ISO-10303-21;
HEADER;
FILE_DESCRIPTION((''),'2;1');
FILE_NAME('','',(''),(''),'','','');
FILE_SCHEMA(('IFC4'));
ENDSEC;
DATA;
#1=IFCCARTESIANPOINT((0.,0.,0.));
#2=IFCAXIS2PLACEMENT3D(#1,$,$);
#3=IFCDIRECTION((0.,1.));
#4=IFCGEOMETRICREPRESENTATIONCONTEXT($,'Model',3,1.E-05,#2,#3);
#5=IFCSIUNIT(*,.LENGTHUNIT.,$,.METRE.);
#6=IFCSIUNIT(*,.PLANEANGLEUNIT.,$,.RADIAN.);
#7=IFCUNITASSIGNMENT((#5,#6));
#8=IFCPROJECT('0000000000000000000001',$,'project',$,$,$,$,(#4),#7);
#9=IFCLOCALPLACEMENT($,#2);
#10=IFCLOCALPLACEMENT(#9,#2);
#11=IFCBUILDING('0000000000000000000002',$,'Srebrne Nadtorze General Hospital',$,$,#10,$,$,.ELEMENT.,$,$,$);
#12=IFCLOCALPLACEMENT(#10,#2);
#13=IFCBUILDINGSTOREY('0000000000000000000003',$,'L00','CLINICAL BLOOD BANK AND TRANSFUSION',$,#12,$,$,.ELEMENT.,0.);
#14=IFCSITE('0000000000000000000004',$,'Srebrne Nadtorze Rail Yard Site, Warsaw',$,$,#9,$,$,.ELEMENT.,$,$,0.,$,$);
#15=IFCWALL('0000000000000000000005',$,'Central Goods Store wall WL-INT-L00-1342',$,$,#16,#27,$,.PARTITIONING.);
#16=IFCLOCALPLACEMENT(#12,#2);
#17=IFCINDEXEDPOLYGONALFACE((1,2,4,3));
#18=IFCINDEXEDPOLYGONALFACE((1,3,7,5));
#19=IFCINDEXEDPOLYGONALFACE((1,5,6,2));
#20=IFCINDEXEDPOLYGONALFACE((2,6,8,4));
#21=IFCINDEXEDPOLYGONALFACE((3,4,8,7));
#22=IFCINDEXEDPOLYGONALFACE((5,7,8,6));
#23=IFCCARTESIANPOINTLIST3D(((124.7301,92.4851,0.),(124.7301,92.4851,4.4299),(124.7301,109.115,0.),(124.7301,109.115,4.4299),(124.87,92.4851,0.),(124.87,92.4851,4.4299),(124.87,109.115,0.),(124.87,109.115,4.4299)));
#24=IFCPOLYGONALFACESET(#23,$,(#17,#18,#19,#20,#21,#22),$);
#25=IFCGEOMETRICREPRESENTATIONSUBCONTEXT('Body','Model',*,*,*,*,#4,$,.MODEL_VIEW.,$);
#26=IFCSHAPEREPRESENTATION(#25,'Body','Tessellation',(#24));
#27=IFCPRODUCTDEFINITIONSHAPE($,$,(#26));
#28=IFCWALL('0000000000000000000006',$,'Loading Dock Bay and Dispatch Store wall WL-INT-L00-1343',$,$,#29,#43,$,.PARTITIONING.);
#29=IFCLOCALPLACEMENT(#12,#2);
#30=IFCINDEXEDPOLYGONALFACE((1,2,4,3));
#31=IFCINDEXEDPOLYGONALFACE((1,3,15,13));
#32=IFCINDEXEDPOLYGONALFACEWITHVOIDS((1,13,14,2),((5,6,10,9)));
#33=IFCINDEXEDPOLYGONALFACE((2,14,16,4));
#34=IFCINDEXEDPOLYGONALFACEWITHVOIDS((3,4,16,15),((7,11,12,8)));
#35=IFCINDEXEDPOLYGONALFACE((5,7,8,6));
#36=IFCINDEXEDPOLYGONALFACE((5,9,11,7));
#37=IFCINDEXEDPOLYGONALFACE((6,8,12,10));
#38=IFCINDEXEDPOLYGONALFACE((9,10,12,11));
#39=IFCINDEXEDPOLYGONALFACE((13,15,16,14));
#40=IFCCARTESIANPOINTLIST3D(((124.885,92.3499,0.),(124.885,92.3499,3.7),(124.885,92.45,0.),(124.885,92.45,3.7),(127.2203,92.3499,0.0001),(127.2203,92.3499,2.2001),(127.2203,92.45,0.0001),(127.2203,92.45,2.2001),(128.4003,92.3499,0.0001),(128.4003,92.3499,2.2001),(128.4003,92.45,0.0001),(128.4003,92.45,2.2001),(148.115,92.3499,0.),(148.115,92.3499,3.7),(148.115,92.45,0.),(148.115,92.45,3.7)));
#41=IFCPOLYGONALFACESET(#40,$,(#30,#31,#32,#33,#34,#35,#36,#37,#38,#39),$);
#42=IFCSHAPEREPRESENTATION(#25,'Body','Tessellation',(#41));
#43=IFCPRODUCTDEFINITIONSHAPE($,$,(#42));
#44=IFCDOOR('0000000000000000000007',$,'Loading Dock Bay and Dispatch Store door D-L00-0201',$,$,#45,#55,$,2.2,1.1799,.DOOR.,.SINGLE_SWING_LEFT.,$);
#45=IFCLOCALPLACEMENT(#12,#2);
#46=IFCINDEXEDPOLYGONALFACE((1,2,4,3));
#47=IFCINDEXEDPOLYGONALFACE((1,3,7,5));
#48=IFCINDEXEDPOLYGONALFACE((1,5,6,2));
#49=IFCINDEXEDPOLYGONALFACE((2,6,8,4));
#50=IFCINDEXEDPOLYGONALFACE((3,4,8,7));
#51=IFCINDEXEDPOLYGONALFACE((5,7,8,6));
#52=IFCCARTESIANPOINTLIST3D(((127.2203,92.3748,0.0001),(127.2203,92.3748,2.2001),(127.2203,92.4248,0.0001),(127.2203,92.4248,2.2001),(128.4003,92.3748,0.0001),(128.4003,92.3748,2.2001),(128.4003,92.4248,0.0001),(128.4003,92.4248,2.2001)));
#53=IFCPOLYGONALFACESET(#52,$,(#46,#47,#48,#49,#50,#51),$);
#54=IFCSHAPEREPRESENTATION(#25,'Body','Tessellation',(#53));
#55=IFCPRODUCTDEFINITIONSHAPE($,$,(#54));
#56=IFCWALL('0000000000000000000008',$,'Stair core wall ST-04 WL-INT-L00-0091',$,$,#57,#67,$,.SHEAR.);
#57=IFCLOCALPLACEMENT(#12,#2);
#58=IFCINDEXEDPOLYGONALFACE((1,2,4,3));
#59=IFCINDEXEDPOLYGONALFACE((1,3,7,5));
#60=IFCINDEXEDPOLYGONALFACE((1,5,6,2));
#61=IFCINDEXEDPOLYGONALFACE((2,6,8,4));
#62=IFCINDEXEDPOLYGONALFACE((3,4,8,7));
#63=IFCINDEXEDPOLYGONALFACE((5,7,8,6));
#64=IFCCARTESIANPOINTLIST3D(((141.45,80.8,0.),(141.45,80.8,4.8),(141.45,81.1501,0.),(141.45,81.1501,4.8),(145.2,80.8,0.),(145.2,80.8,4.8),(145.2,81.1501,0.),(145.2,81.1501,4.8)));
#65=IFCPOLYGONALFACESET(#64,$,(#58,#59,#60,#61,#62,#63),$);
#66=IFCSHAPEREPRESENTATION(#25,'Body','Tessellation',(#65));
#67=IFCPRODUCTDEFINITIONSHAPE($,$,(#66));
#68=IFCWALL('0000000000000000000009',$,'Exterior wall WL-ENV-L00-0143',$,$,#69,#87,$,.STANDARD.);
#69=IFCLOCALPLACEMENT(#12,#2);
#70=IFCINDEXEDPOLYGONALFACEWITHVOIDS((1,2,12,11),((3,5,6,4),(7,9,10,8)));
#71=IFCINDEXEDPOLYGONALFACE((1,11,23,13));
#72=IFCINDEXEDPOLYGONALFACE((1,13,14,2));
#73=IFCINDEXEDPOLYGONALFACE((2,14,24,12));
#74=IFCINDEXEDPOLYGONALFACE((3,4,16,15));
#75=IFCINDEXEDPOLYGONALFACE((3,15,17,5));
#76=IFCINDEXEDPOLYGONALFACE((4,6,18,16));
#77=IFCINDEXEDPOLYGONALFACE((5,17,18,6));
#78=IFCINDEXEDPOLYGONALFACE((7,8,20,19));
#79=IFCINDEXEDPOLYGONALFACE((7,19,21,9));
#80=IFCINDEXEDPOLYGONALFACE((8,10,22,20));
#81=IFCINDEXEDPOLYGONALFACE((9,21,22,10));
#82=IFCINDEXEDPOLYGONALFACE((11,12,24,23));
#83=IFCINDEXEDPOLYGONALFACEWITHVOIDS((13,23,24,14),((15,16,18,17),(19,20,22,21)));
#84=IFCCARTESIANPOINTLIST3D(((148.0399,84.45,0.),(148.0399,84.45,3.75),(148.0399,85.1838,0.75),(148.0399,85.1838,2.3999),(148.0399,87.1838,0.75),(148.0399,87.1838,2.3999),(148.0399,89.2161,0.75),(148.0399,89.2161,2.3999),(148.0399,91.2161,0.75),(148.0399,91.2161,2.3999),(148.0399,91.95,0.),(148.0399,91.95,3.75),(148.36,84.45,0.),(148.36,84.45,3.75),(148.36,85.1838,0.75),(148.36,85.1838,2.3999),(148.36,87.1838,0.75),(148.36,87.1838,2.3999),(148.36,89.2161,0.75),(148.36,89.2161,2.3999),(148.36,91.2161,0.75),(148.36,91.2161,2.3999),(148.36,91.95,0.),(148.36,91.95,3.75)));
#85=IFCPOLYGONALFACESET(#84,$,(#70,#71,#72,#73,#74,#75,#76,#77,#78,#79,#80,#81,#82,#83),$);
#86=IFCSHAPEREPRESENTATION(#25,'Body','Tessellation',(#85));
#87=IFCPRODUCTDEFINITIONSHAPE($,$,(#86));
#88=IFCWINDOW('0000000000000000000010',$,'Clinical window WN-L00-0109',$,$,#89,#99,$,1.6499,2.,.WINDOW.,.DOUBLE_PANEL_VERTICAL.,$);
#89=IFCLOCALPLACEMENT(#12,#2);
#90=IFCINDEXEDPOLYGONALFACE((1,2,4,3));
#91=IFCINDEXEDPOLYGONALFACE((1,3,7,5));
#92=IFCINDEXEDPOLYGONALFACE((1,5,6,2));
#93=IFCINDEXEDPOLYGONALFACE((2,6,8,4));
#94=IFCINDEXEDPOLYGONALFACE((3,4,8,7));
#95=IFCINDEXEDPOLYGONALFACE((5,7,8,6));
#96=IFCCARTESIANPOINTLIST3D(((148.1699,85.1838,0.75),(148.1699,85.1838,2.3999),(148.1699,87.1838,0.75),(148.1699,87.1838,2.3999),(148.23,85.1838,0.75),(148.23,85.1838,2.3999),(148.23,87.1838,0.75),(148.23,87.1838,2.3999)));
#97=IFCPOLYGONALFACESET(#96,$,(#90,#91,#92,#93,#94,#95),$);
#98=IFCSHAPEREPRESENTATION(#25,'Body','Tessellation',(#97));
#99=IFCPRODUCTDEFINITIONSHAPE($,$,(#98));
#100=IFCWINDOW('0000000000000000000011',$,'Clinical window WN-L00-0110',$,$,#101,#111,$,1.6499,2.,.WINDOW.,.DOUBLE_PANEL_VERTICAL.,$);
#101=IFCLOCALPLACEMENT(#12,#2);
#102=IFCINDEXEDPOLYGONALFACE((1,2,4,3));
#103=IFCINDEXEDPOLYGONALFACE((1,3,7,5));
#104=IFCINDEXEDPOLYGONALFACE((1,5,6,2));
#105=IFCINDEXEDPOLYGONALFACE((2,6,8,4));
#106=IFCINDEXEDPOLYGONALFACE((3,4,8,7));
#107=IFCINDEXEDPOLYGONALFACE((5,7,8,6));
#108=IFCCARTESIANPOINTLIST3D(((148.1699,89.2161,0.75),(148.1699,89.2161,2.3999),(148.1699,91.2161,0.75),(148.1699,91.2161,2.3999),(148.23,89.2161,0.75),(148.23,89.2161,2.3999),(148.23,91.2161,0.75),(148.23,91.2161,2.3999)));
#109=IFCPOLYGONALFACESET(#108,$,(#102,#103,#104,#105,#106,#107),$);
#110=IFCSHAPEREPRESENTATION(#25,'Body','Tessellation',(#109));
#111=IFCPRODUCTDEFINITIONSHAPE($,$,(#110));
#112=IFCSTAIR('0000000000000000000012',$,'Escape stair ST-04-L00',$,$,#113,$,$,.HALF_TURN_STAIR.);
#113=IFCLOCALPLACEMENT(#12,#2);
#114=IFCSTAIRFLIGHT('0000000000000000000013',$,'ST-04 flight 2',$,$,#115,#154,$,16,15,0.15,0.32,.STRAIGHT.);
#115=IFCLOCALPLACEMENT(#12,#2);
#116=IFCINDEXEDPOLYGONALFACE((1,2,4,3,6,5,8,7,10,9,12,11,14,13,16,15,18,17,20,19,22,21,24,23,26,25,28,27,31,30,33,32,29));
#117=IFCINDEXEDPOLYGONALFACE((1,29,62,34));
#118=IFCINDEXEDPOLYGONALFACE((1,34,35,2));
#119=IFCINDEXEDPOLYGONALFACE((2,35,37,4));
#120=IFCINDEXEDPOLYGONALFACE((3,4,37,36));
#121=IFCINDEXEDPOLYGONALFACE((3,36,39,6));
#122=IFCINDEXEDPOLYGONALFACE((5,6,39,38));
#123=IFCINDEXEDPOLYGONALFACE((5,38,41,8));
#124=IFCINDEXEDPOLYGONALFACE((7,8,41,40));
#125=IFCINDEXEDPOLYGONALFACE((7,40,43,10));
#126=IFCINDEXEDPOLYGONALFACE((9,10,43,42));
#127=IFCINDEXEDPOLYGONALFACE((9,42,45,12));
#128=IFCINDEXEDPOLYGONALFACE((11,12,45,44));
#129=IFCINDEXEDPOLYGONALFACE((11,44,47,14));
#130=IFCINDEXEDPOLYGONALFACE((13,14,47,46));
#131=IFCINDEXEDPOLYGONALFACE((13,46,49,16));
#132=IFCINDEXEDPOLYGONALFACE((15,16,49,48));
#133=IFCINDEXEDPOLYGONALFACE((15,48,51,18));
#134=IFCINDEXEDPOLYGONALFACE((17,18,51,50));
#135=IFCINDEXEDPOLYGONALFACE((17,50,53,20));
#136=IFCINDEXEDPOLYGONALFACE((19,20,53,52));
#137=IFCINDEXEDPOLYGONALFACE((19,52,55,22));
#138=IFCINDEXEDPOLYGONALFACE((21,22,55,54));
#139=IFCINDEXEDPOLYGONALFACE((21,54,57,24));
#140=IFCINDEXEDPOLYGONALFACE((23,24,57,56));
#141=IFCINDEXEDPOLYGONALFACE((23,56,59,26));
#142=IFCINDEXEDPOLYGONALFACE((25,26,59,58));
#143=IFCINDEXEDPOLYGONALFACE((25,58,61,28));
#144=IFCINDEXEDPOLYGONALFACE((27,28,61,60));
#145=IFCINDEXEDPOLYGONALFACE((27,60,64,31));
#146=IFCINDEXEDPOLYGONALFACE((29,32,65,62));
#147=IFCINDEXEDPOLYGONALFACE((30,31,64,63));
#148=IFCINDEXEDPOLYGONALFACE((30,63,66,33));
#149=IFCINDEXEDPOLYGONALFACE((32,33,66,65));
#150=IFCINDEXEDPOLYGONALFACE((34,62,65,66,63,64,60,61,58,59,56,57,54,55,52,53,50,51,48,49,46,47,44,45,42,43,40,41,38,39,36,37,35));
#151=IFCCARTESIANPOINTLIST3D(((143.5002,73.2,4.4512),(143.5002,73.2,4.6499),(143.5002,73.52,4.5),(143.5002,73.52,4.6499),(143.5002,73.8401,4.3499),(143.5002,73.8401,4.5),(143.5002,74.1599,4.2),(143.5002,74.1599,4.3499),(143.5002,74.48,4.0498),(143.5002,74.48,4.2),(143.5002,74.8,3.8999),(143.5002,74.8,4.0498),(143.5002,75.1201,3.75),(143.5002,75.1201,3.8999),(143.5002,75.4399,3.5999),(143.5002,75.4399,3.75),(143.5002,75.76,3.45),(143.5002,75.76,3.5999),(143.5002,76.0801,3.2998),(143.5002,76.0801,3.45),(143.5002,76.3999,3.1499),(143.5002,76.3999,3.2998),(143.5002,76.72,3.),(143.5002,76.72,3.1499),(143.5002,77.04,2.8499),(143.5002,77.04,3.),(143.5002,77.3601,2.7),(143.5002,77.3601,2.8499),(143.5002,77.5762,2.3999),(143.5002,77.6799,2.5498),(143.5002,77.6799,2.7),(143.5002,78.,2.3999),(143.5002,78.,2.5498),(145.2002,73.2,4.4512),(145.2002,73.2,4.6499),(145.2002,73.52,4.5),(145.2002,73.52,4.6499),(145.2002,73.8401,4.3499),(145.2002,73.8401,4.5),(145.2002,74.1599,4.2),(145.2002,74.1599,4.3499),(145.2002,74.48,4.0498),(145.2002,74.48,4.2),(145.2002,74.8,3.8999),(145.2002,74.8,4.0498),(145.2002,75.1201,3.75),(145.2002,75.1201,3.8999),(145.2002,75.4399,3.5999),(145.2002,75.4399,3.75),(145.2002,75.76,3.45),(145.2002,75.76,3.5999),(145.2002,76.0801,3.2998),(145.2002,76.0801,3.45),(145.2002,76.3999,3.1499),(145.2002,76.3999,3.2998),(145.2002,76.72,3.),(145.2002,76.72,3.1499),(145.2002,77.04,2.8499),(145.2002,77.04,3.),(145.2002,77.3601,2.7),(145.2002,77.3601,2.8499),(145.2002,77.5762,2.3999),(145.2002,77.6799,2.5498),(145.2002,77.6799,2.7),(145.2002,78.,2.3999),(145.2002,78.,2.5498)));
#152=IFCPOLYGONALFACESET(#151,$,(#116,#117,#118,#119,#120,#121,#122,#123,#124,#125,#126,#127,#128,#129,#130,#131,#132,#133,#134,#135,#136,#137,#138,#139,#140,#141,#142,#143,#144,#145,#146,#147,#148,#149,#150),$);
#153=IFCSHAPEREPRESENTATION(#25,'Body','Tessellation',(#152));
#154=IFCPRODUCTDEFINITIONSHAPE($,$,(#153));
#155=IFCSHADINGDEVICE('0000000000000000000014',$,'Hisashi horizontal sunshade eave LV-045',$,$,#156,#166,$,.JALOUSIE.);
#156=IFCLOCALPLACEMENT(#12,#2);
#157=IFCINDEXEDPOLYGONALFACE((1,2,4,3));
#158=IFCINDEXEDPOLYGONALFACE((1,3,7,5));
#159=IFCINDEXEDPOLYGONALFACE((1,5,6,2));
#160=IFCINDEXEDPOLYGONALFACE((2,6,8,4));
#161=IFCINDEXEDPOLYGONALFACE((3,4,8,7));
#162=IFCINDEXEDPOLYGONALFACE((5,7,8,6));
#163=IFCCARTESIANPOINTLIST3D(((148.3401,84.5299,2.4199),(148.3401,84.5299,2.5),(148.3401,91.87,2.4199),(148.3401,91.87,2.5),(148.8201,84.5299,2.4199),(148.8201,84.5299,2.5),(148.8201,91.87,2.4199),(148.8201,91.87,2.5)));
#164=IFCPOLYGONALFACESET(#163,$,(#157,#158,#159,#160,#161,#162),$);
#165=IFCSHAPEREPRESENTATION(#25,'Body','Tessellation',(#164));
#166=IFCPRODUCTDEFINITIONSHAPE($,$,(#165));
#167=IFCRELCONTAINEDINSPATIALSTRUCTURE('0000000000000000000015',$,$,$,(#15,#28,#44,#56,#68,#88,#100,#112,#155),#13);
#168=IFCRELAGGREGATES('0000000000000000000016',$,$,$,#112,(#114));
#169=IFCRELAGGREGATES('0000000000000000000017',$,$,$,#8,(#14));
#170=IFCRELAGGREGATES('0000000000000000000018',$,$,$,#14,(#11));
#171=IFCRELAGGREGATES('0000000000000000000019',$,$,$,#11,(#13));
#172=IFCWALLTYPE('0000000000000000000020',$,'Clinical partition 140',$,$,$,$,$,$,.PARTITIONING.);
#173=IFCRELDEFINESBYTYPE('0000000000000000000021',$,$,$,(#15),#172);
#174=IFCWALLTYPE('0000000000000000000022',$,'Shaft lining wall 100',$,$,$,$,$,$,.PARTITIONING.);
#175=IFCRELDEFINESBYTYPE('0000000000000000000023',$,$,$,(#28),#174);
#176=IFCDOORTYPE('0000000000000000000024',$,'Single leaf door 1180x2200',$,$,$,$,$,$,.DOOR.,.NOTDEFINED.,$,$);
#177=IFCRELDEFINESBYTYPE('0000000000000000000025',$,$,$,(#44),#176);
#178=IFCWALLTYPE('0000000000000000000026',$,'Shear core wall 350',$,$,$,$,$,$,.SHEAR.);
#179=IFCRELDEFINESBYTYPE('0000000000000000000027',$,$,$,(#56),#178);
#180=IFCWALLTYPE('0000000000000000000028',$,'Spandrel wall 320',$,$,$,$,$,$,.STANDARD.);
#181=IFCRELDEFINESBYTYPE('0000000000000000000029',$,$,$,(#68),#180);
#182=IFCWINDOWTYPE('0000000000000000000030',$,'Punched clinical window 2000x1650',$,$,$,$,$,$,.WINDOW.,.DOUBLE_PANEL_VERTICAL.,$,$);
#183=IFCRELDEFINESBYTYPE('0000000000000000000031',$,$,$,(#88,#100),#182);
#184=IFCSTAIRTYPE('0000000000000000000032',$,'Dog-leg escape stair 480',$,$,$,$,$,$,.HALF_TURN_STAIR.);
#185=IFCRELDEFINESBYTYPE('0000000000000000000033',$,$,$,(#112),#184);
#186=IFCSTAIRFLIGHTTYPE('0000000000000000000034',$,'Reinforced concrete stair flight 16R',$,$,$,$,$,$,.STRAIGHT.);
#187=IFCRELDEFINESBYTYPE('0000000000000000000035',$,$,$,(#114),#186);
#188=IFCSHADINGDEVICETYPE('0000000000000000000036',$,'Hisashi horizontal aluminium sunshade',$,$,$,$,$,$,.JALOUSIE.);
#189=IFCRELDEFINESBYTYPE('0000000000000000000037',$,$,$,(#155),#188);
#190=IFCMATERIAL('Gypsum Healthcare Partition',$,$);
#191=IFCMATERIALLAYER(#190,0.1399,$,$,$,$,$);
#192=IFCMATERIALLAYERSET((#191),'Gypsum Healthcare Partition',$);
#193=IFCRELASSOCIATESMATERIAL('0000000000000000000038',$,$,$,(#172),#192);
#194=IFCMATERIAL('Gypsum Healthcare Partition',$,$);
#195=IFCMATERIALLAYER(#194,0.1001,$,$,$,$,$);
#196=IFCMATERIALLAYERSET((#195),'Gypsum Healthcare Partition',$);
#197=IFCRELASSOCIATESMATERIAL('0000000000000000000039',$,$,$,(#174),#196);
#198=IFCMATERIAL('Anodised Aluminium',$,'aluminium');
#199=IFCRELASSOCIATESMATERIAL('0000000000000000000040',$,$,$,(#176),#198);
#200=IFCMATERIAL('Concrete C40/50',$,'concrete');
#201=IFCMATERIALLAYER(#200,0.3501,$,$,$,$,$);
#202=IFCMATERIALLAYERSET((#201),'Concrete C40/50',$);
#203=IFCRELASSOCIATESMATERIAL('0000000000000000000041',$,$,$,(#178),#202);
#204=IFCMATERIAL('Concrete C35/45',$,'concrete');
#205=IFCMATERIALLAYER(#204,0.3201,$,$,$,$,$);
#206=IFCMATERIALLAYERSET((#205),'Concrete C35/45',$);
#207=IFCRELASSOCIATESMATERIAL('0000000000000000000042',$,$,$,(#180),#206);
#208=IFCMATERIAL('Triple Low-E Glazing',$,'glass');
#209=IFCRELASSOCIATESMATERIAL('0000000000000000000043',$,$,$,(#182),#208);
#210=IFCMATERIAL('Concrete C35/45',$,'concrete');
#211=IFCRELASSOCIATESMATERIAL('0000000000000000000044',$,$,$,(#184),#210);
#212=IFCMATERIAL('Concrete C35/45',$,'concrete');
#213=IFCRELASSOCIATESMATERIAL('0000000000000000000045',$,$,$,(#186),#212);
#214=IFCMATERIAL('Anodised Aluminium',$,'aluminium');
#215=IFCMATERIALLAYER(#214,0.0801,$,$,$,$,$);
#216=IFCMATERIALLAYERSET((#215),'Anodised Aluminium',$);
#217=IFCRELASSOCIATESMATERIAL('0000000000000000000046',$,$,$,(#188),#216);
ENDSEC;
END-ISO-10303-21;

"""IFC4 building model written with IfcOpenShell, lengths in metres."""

from ifc_helpers import new_model, si_unit, direction, frame, frame_2d, origin, origin_2d, place, context, subcontext, project, spatial, polyline, rectangle, outline, extrude, material, layer, layer_set, type_object, element, fill, aggregate, save


model = new_model("IFC4")

# Units and contexts
model_context = context("Model", 3, precision=1e-05, world=origin(), true_north=direction((0.0, 1.0)))
body_context = subcontext(model_context, "Body", "Model", "MODEL_VIEW")
ifc_project = project(units=[si_unit("LENGTHUNIT", "METRE"), si_unit("PLANEANGLEUNIT", "RADIAN")], contexts=[model_context])

# Site, building, storey
site_placement = place(None, origin())
site = spatial("IfcSite", under=ifc_project, at=site_placement, Name="Srebrne Nadtorze Rail Yard Site, Warsaw", CompositionType="ELEMENT", RefElevation=0.0)
building_placement = place(site_placement, origin())
building = spatial("IfcBuilding", under=site, at=building_placement, Name="Srebrne Nadtorze General Hospital", CompositionType="ELEMENT")
storey_placement = place(building_placement, origin())
storey = spatial("IfcBuildingStorey", under=building, at=storey_placement, Name="L00", Description="CLINICAL BLOOD BANK AND TRANSFUSION", CompositionType="ELEMENT", Elevation=0.0)

# Wall
ifc_material_1 = material(Name="Gypsum Healthcare Partition")
ifc_layer_1 = layer(ifc_material_1, 0.1399)
ifc_layer_set_1 = layer_set([ifc_layer_1], Name="Gypsum Healthcare Partition")
wall_type_1 = type_object("IfcWallType", Name="Clinical partition 140", PredefinedType="PARTITIONING", material=ifc_layer_set_1)
wall_1_placement = place(storey_placement, frame((124.8, 92.4851, 0.0), z_axis=(0.0, 0.0, 1.0), x_axis=(0.0, 1.0, 0.0)))
element("IfcWall", 1, at=wall_1_placement, inside=storey, type_object=wall_type_1, Name="Central Goods Store wall WL-INT-L00-1342", PredefinedType="PARTITIONING", context=body_context, shape_type="SweptSolid", body=[
    extrude(rectangle(XDim=16.6299, YDim=0.1399, at=frame_2d((8.3149, 0.0))), origin(), (0.0, 0.0, 1.0), 4.4299),
])

# Wall, opening, door
ifc_material_2 = material(Name="Gypsum Healthcare Partition")
ifc_layer_2 = layer(ifc_material_2, 0.1001)
ifc_layer_set_2 = layer_set([ifc_layer_2], Name="Gypsum Healthcare Partition")
wall_type_2 = type_object("IfcWallType", Name="Shaft lining wall 100", PredefinedType="PARTITIONING", material=ifc_layer_set_2)
wall_2_placement = place(storey_placement, frame((124.885, 92.3999, 0.0), z_axis=(0.0, 0.0, 1.0), x_axis=(1.0, 0.0, 0.0)))
wall_2 = element("IfcWall", 2, at=wall_2_placement, inside=storey, type_object=wall_type_2, Name="Loading Dock Bay and Dispatch Store wall WL-INT-L00-1343", PredefinedType="PARTITIONING", context=body_context, shape_type="SweptSolid", body=[
    extrude(rectangle(XDim=23.23, YDim=0.1001, at=frame_2d((11.615, 0.0))), origin(), (0.0, 0.0, 1.0), 3.7),
])
opening_1_placement = place(wall_2_placement, frame((2.3354, 0.0, 0.0)))
opening_1 = element("IfcOpeningElement", 3, at=opening_1_placement, cuts=wall_2, PredefinedType="OPENING", context=body_context, shape_type="SweptSolid", body=[
    extrude(rectangle(XDim=1.1799, YDim=2.2, at=frame_2d((0.5898, 1.1001))), frame((0.0, 0.062, 0.0), z_axis=(0.0, -1.0, 0.0), x_axis=(1.0, 0.0, 0.0)), (0.0, 0.0, 1.0), 0.124),
])
ifc_material_3 = material(Name="Anodised Aluminium", Category="aluminium")
door_type = type_object("IfcDoorType", Name="Single leaf door 1180x2200", OperationType="NOTDEFINED", PredefinedType="DOOR", material=ifc_material_3)
door_placement = place(opening_1_placement, origin())
door = element("IfcDoor", 4, at=door_placement, inside=storey, type_object=door_type, Name="Loading Dock Bay and Dispatch Store door D-L00-0201", OperationType="SINGLE_SWING_LEFT", OverallHeight=2.2, OverallWidth=1.1799, PredefinedType="DOOR", context=body_context, shape_type="SweptSolid", body=[
    extrude(rectangle(XDim=1.1799, YDim=2.2, at=frame_2d((0.5898, 1.1001))), frame((0.0, 0.0249, 0.0), z_axis=(0.0, -1.0, 0.0), x_axis=(1.0, 0.0, 0.0)), (0.0, 0.0, 1.0), 0.05),
])
fill(opening_1, door)

# Wall
ifc_material_4 = material(Name="Concrete C40/50", Category="concrete")
ifc_layer_3 = layer(ifc_material_4, 0.3501)
ifc_layer_set_3 = layer_set([ifc_layer_3], Name="Concrete C40/50")
wall_type_3 = type_object("IfcWallType", Name="Shear core wall 350", PredefinedType="SHEAR", material=ifc_layer_set_3)
wall_3_placement = place(storey_placement, frame((141.45, 80.9751, 0.0), z_axis=(0.0, 0.0, 1.0), x_axis=(1.0, 0.0, 0.0)))
element("IfcWall", 5, at=wall_3_placement, inside=storey, type_object=wall_type_3, Name="Stair core wall ST-04 WL-INT-L00-0091", PredefinedType="SHEAR", context=body_context, shape_type="SweptSolid", body=[
    extrude(rectangle(XDim=3.75, YDim=0.3501, at=frame_2d((1.875, 0.0))), origin(), (0.0, 0.0, 1.0), 4.8),
])

# Wall, openings, windows
ifc_material_5 = material(Name="Concrete C35/45", Category="concrete")
ifc_layer_4 = layer(ifc_material_5, 0.3201)
ifc_layer_set_4 = layer_set([ifc_layer_4], Name="Concrete C35/45")
wall_type_4 = type_object("IfcWallType", Name="Spandrel wall 320", PredefinedType="STANDARD", material=ifc_layer_set_4)
wall_4_placement = place(storey_placement, frame((148.2, 84.45, 0.0), z_axis=(0.0, 0.0, 1.0), x_axis=(0.0, 1.0, 0.0)))
wall_4 = element("IfcWall", 6, at=wall_4_placement, inside=storey, type_object=wall_type_4, Name="Exterior wall WL-ENV-L00-0143", PredefinedType="STANDARD", context=body_context, shape_type="SweptSolid", body=[
    extrude(rectangle(XDim=7.5, YDim=0.3201, at=frame_2d((3.75, 0.0))), origin(), (0.0, 0.0, 1.0), 3.75),
])
opening_2_placement = place(wall_4_placement, frame((0.7339, 0.0, 0.75)))
opening_2 = element("IfcOpeningElement", 7, at=opening_2_placement, cuts=wall_4, PredefinedType="OPENING", context=body_context, shape_type="SweptSolid", body=[
    extrude(rectangle(XDim=2.0, YDim=1.6499, at=frame_2d((1.0, 0.825))), frame((0.0, 0.1719, 0.0), z_axis=(0.0, -1.0, 0.0), x_axis=(1.0, 0.0, 0.0)), (0.0, 0.0, 1.0), 0.344),
])
opening_3_placement = place(wall_4_placement, frame((4.7661, 0.0, 0.75)))
opening_3 = element("IfcOpeningElement", 8, at=opening_3_placement, cuts=wall_4, PredefinedType="OPENING", context=body_context, shape_type="SweptSolid", body=[
    extrude(rectangle(XDim=2.0, YDim=1.6499, at=frame_2d((1.0, 0.825))), frame((0.0, 0.1719, 0.0), z_axis=(0.0, -1.0, 0.0), x_axis=(1.0, 0.0, 0.0)), (0.0, 0.0, 1.0), 0.344),
])
ifc_material_6 = material(Name="Triple Low-E Glazing", Category="glass")
window_type_1 = type_object("IfcWindowType", Name="Punched clinical window 2000x1650", PartitioningType="DOUBLE_PANEL_VERTICAL", PredefinedType="WINDOW", material=ifc_material_6)
window_1_placement = place(opening_2_placement, origin())
window_1 = element("IfcWindow", 9, at=window_1_placement, inside=storey, type_object=window_type_1, Name="Clinical window WN-L00-0109", OverallHeight=1.6499, OverallWidth=2.0, PartitioningType="DOUBLE_PANEL_VERTICAL", PredefinedType="WINDOW", context=body_context, shape_type="SweptSolid", body=[
    extrude(rectangle(XDim=2.0, YDim=1.6499, at=frame_2d((1.0, 0.825))), frame((0.0, 0.03, 0.0), z_axis=(0.0, -1.0, 0.0), x_axis=(1.0, 0.0, 0.0)), (0.0, 0.0, 1.0), 0.0601),
])
fill(opening_2, window_1)
window_2_placement = place(opening_3_placement, origin())
window_2 = element("IfcWindow", 10, at=window_2_placement, inside=storey, type_object=window_type_1, Name="Clinical window WN-L00-0110", OverallHeight=1.6499, OverallWidth=2.0, PartitioningType="DOUBLE_PANEL_VERTICAL", PredefinedType="WINDOW", context=body_context, shape_type="SweptSolid", body=[
    extrude(rectangle(XDim=2.0, YDim=1.6499, at=frame_2d((1.0, 0.825))), frame((0.0, 0.03, 0.0), z_axis=(0.0, -1.0, 0.0), x_axis=(1.0, 0.0, 0.0)), (0.0, 0.0, 1.0), 0.0601),
])
fill(opening_3, window_2)

# Stair, stair flight
ifc_material_7 = material(Name="Concrete C35/45", Category="concrete")
stair_type = type_object("IfcStairType", Name="Dog-leg escape stair 480", PredefinedType="HALF_TURN_STAIR", material=ifc_material_7)
stair_placement = place(storey_placement, origin())
stair = element("IfcStair", 11, at=stair_placement, inside=storey, type_object=stair_type, Name="Escape stair ST-04-L00", PredefinedType="HALF_TURN_STAIR")
ifc_material_8 = material(Name="Concrete C35/45", Category="concrete")
stair_flight_type = type_object("IfcStairFlightType", Name="Reinforced concrete stair flight 16R", PredefinedType="STRAIGHT", material=ifc_material_8)
stair_flight_placement = place(storey_placement, frame((144.3501, 78.0, 2.3999), z_axis=(0.0, 0.0, 1.0), x_axis=(0.0, -1.0, 0.0)))
stair_flight = element("IfcStairFlight", 12, at=stair_flight_placement, type_object=stair_flight_type, Name="ST-04 flight 2", NumberOfRisers=16, NumberOfTreads=15, PredefinedType="STRAIGHT", RiserHeight=0.15, TreadLength=0.32, context=body_context, shape_type="SweptSolid", body=[
    extrude(outline(polyline([(0.0, 0.0), (0.0, 0.1499), (0.3201, 0.1499), (0.3201, 0.3), (0.6399, 0.3), (0.6399, 0.45), (0.96, 0.45), (0.96, 0.6001), (1.28, 0.6001), (1.28, 0.75), (1.6001, 0.75), (1.6001, 0.8999), (1.9199, 0.8999), (1.9199, 1.05), (2.24, 1.05), (2.24, 1.2), (2.5601, 1.2), (2.5601, 1.3501), (2.8799, 1.3501), (2.8799, 1.5), (3.2, 1.5), (3.2, 1.6499), (3.52, 1.6499), (3.52, 1.8), (3.8401, 1.8), (3.8401, 1.95), (4.1599, 1.95), (4.1599, 2.1001), (4.48, 2.1001), (4.48, 2.25), (4.8, 2.25), (4.8, 2.3999), (4.8, 2.0513), (0.4238, 0.0), (0.0, 0.0)])), frame((0.0, 0.8501, 0.0), z_axis=(0.0, -1.0, 0.0), x_axis=(1.0, 0.0, 0.0)), (0.0, 0.0, 1.0), 1.7),
])
aggregate(stair, [stair_flight])

# Shading device
ifc_material_9 = material(Name="Anodised Aluminium", Category="aluminium")
ifc_layer_5 = layer(ifc_material_9, 0.0801)
ifc_layer_set_5 = layer_set([ifc_layer_5], Name="Anodised Aluminium")
shading_device_type = type_object("IfcShadingDeviceType", Name="Hisashi horizontal aluminium sunshade", PredefinedType="JALOUSIE", material=ifc_layer_set_5)
shading_device_placement = place(storey_placement, frame((148.5801, 88.2, 2.4199), z_axis=(0.0, 0.0, 1.0), x_axis=(1.0, 0.0, 0.0)))
element("IfcShadingDevice", 13, at=shading_device_placement, inside=storey, type_object=shading_device_type, Name="Hisashi horizontal sunshade eave LV-045", PredefinedType="JALOUSIE", context=body_context, shape_type="SweptSolid", body=[
    extrude(rectangle(XDim=0.48, YDim=7.3401, at=origin_2d()), origin(), (0.0, 0.0, 1.0), 0.0801),
])

save(model, "model.ifc")
